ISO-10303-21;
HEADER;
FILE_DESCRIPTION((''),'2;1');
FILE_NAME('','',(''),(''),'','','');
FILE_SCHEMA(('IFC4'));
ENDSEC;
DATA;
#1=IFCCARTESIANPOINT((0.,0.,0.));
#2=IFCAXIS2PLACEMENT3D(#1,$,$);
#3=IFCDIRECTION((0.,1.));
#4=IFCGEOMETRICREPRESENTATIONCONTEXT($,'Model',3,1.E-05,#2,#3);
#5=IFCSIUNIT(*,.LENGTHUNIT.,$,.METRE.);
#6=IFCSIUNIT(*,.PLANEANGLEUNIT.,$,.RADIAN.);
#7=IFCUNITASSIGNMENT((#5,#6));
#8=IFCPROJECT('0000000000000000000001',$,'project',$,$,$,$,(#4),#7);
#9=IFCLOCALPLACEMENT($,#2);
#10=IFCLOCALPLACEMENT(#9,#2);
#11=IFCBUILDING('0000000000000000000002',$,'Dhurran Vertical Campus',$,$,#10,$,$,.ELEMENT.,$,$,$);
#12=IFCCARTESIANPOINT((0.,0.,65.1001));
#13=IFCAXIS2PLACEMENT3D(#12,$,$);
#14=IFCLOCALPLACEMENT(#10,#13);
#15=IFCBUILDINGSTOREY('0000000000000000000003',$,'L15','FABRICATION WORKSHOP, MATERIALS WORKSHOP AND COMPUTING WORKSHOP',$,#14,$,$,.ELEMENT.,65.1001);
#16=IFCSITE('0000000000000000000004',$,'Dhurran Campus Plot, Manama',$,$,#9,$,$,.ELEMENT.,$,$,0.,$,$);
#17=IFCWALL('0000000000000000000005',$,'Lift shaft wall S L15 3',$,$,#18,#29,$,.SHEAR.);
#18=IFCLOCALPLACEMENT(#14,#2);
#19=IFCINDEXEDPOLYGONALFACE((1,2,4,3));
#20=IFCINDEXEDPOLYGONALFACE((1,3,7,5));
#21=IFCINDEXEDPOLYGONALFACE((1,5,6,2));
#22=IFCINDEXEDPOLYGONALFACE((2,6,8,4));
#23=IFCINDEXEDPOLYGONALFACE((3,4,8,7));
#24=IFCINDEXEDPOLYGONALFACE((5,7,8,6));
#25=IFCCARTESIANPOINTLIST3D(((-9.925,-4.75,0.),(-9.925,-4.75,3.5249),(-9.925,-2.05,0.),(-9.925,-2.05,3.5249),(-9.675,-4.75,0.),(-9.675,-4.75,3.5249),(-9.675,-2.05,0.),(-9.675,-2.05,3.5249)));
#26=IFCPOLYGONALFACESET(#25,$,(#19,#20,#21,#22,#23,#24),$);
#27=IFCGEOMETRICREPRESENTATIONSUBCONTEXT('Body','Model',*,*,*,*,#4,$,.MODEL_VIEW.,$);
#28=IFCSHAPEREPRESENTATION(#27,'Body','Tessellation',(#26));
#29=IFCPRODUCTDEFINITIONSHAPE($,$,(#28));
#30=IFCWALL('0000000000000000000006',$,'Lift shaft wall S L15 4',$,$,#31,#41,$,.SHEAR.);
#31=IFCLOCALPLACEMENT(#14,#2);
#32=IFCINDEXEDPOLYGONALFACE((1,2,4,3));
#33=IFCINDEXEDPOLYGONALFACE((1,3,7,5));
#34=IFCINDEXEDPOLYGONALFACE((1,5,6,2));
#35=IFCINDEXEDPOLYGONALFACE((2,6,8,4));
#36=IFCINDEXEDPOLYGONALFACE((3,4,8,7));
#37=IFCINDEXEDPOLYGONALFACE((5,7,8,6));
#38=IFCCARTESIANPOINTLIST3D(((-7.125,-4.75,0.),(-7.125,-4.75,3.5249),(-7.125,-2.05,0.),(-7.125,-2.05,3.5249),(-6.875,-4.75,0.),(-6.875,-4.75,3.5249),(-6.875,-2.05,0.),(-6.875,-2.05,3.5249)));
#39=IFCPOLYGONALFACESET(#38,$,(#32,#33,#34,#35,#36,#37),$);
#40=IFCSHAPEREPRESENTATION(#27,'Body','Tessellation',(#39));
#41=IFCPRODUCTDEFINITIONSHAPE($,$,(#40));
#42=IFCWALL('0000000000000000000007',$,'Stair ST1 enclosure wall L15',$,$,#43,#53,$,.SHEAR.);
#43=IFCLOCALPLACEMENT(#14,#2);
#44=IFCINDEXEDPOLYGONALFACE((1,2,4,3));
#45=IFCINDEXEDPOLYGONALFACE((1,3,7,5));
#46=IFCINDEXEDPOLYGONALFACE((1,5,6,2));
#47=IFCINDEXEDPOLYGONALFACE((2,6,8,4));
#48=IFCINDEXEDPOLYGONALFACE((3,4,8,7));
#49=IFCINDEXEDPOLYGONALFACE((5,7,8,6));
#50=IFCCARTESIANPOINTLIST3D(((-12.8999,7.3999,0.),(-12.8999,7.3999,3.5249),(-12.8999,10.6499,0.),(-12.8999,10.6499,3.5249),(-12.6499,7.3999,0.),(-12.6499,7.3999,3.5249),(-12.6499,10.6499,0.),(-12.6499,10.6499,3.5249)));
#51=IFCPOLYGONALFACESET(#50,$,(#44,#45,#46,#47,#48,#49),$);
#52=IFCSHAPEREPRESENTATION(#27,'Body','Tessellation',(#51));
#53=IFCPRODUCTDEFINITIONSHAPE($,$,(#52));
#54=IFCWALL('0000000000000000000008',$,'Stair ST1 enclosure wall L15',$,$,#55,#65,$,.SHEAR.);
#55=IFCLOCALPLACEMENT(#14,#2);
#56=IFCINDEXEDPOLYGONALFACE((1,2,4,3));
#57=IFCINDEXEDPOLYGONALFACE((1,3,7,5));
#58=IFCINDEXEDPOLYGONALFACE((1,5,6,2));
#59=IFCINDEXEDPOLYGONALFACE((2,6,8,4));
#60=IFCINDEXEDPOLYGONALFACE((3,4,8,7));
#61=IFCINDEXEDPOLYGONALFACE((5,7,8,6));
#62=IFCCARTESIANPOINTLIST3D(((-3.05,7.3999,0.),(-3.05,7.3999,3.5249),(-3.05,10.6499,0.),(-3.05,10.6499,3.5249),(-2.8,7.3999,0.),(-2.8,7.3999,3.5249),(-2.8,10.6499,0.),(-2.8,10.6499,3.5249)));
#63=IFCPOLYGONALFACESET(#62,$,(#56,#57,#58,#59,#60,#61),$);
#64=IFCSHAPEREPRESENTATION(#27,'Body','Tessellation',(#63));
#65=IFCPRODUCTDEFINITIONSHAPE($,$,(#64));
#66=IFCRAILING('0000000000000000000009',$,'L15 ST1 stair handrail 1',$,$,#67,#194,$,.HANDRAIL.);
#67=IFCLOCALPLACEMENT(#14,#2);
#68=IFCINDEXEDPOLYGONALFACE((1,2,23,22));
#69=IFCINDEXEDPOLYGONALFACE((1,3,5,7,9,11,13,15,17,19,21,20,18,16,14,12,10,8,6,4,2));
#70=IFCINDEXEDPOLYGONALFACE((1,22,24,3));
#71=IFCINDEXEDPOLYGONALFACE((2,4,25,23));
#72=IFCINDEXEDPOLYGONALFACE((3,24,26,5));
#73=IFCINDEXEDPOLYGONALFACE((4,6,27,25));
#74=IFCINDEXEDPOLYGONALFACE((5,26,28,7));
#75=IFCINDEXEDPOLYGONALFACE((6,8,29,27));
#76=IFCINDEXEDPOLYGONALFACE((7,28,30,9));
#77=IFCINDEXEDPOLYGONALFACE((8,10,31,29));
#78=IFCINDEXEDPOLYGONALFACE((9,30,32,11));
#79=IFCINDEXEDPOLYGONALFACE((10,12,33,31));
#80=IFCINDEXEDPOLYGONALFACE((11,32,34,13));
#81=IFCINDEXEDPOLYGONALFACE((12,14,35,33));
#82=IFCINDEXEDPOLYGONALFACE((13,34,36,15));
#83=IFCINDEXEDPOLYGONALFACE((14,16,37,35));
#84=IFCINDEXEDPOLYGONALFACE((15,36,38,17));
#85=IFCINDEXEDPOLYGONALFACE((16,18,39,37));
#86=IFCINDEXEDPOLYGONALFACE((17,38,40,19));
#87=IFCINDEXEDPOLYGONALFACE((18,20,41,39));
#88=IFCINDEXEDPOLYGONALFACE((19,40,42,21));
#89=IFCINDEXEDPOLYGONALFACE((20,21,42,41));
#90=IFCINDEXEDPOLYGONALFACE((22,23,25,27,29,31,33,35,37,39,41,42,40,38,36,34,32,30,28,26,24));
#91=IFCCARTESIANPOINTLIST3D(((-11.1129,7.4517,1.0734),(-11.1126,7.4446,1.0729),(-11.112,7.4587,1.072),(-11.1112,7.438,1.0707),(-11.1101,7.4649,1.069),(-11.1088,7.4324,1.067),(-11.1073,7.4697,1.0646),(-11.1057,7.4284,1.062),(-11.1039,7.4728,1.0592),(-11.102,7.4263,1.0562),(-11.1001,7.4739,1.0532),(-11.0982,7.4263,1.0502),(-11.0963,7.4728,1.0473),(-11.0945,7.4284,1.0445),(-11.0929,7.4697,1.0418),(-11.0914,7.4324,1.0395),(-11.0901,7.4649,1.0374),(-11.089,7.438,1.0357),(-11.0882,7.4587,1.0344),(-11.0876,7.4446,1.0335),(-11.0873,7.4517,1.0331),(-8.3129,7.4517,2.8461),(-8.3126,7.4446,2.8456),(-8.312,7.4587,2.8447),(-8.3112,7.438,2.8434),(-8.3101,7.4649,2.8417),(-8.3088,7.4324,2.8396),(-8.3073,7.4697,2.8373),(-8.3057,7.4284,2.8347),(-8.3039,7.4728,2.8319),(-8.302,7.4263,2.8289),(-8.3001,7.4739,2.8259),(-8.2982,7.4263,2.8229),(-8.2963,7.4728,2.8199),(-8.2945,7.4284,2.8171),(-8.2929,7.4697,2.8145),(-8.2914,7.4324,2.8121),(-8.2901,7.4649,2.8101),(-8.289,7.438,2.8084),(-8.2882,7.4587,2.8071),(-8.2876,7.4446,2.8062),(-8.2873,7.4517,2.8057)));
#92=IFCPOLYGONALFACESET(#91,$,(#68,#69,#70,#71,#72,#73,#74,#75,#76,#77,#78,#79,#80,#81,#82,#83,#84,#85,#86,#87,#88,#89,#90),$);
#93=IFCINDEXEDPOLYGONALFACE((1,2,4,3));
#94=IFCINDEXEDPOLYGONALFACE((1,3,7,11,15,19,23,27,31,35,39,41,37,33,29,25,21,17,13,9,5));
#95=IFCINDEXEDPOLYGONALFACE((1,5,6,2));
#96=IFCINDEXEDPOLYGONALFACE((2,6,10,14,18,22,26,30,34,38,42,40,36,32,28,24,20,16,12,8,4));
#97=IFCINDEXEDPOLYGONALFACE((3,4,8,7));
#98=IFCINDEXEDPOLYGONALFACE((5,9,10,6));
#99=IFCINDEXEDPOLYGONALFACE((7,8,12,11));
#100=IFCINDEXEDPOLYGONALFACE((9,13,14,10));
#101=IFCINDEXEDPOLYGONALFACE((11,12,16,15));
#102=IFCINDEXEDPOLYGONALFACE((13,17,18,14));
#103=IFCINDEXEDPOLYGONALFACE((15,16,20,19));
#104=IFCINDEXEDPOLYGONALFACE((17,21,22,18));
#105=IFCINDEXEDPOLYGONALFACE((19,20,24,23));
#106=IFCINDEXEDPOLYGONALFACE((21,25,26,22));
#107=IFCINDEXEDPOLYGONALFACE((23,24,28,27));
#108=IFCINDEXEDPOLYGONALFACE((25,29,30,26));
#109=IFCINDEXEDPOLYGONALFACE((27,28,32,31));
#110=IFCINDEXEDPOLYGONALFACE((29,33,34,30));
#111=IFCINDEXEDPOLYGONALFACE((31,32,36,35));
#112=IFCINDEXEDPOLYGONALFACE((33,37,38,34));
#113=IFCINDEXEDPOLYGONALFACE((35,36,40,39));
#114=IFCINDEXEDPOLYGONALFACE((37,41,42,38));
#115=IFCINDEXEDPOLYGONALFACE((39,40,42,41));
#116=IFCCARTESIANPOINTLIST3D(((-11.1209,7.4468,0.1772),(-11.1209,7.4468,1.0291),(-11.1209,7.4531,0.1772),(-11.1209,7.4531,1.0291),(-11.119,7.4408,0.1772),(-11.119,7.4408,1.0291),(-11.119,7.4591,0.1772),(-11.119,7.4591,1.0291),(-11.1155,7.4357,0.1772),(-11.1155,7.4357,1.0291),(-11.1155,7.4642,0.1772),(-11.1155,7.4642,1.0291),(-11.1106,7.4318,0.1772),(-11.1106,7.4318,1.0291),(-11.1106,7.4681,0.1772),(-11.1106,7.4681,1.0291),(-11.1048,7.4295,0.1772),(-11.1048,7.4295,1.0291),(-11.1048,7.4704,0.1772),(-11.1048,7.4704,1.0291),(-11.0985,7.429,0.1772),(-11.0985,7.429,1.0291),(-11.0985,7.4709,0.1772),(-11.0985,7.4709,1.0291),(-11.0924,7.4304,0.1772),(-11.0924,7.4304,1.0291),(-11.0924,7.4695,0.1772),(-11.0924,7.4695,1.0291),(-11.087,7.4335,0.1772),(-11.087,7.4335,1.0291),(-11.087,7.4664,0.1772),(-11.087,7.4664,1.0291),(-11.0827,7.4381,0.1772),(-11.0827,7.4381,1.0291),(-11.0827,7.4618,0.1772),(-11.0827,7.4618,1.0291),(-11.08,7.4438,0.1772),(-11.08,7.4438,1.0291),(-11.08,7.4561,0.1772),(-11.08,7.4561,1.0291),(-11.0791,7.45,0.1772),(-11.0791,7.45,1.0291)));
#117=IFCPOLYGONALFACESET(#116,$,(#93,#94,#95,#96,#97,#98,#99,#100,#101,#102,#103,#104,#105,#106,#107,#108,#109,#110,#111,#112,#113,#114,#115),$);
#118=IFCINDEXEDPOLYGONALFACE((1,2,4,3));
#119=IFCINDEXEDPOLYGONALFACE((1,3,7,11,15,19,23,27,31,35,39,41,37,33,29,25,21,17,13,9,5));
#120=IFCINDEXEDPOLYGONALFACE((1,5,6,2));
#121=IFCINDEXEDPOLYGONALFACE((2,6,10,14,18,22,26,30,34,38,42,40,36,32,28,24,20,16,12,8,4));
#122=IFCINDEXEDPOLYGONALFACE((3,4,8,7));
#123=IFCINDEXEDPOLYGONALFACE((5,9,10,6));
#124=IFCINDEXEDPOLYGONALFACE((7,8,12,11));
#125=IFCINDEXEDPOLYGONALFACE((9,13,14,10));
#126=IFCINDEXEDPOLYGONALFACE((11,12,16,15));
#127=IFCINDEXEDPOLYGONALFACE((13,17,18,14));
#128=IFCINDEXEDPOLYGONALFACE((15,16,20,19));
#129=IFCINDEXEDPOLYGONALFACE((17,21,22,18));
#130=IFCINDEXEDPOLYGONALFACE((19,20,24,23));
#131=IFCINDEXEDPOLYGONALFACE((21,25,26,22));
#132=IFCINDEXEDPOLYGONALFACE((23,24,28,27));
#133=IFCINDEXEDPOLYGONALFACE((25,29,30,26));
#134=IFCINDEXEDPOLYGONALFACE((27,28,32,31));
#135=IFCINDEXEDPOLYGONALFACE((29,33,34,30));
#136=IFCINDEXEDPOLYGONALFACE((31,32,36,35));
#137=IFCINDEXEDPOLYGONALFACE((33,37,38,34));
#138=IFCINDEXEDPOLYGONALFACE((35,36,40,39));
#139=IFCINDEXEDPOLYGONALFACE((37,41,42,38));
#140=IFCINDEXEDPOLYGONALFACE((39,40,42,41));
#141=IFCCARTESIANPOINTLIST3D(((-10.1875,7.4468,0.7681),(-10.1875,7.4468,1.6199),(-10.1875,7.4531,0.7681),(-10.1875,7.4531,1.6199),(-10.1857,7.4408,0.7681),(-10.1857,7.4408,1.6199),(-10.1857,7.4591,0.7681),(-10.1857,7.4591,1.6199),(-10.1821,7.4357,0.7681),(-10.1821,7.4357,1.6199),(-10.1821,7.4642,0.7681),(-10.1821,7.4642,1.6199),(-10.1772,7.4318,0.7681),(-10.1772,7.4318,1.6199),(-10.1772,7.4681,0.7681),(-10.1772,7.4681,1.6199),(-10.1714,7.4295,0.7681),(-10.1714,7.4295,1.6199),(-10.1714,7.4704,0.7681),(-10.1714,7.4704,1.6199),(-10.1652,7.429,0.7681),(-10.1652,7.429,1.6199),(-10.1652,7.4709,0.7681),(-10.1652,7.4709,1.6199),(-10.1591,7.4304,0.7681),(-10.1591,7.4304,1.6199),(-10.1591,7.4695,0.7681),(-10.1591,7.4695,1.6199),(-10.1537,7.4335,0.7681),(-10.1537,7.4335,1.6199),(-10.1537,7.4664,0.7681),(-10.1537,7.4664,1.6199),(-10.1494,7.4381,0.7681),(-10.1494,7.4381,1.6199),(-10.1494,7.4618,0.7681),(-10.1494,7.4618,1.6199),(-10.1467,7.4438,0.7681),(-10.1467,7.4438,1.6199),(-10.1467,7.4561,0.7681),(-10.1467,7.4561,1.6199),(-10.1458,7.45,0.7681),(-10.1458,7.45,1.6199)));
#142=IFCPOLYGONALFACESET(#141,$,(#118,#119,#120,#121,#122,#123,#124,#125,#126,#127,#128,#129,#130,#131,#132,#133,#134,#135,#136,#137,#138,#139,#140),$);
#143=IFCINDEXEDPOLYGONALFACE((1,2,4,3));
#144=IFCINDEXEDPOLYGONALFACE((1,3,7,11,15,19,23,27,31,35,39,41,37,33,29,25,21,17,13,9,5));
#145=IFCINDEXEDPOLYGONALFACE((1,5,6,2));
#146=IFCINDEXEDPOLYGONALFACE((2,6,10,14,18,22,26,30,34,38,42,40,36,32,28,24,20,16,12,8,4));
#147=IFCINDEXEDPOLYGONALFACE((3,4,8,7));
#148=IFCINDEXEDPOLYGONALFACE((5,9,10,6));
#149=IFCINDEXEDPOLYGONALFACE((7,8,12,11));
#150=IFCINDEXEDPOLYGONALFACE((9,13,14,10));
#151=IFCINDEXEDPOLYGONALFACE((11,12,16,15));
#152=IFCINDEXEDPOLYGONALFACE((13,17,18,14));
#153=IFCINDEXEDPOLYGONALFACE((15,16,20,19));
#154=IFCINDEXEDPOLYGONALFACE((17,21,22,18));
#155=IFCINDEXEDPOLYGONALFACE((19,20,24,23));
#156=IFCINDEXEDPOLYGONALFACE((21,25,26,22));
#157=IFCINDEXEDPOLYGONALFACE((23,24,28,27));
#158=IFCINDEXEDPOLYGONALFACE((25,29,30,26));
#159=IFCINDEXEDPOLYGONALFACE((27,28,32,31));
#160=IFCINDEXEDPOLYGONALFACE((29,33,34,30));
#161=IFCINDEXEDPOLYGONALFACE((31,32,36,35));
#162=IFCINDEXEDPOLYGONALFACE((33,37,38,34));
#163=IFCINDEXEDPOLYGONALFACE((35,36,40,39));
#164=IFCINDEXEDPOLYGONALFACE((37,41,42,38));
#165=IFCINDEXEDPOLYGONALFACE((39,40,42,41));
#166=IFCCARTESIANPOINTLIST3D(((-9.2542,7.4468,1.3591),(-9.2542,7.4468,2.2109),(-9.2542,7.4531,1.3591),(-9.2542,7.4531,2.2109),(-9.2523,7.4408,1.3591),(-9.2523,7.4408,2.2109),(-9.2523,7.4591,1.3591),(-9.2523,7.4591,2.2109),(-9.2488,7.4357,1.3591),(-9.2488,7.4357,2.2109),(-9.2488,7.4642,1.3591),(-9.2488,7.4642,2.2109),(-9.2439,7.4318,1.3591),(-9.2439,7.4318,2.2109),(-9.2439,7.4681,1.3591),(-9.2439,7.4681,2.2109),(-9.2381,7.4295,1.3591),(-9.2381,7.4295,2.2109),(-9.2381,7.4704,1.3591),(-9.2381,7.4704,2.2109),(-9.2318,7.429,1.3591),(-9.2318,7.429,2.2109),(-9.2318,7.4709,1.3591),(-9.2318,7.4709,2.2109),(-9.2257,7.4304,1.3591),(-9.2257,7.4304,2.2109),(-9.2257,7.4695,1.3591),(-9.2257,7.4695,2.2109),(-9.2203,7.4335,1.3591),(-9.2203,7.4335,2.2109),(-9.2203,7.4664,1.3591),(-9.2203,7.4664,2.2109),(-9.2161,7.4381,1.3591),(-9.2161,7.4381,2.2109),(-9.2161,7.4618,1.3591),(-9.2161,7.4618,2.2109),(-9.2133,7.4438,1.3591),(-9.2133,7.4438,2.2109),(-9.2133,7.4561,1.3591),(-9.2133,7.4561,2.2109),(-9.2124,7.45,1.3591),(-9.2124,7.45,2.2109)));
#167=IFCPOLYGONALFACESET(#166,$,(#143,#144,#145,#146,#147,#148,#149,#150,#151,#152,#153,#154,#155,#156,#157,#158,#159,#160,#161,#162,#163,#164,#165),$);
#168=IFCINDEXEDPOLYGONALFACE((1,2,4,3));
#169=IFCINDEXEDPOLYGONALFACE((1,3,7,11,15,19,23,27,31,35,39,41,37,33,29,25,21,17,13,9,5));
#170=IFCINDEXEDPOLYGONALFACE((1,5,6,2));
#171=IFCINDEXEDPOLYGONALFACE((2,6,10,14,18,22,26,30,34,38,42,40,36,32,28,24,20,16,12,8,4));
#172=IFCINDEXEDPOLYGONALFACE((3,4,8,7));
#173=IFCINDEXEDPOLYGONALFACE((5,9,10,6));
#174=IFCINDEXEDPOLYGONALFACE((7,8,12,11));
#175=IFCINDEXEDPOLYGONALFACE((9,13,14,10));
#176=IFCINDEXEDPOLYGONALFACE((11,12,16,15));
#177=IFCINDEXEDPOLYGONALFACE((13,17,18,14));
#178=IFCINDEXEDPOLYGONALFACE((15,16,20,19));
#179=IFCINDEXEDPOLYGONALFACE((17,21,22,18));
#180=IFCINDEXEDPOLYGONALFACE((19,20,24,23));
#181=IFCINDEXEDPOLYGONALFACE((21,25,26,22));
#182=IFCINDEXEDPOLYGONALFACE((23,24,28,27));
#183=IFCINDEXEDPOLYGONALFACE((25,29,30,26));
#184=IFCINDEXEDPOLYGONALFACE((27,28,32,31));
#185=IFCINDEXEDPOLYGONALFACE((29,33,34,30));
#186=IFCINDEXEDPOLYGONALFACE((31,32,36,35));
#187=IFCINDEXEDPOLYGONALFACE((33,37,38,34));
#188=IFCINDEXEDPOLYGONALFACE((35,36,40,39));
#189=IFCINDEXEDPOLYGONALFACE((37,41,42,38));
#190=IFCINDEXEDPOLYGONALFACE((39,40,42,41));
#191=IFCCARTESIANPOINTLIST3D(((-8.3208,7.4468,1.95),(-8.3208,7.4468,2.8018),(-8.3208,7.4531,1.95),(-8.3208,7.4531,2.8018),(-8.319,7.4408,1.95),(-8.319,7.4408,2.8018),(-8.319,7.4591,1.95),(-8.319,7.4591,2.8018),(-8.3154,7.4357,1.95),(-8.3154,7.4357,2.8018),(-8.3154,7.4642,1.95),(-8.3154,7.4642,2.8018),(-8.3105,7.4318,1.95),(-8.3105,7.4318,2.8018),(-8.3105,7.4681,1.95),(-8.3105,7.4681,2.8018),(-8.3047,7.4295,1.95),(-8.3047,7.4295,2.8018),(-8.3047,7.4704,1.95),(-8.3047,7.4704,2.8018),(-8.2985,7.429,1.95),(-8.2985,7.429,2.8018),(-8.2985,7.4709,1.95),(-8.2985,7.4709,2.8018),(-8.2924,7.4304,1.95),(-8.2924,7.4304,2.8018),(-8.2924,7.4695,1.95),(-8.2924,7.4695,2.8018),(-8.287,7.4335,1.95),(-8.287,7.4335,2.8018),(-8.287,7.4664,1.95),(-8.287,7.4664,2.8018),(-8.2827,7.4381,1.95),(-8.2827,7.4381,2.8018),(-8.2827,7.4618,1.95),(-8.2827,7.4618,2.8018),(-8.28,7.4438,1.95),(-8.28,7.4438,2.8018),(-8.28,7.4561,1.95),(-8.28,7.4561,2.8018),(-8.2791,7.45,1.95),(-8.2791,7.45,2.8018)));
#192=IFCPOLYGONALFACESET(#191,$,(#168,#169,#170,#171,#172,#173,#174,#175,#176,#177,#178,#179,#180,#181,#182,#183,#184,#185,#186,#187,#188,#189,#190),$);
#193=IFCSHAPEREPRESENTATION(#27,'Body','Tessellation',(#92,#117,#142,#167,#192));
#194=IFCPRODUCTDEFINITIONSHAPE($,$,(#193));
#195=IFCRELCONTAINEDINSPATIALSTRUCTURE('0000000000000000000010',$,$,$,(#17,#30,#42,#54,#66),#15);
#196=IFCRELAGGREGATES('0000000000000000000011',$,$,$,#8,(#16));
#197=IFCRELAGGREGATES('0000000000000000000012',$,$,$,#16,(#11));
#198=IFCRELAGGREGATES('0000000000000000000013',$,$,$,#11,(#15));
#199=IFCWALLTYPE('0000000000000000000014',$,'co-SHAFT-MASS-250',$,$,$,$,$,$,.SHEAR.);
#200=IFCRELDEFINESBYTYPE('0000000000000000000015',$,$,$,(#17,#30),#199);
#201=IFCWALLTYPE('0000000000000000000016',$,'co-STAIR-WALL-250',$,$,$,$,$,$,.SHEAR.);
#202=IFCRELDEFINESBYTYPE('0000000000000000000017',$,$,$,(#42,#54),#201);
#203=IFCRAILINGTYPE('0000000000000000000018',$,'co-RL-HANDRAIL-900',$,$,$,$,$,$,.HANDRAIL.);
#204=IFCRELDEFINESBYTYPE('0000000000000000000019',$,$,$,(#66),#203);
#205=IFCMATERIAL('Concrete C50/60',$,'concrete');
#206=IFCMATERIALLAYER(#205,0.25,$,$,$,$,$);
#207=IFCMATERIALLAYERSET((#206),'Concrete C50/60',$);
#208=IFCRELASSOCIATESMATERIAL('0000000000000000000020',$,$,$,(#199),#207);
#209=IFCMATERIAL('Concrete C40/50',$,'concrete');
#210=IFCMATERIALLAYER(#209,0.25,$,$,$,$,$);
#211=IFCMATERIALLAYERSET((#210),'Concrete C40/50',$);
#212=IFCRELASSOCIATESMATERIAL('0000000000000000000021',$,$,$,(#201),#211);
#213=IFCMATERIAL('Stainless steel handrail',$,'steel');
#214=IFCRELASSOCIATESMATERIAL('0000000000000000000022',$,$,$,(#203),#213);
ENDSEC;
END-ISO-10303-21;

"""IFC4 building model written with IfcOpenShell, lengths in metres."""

from ifc_helpers import new_model, si_unit, direction, frame, frame_2d, origin, origin_2d, place, context, subcontext, project, spatial, polyline, rectangle, circle, outline, extrude, material, layer, layer_set, type_object, element, save


model = new_model("IFC4")

# Units and contexts
model_context = context("Model", 3, precision=1e-05, world=origin(), true_north=direction((0.0, 1.0)))
body_context = subcontext(model_context, "Body", "Model", "MODEL_VIEW")
ifc_project = project(units=[si_unit("LENGTHUNIT", "METRE"), si_unit("PLANEANGLEUNIT", "RADIAN")], contexts=[model_context])

# Site, building, storey
site_placement = place(None, origin())
site = spatial("IfcSite", under=ifc_project, at=site_placement, Name="Dhurran Campus Plot, Manama", CompositionType="ELEMENT", RefElevation=0.0)
building_placement = place(site_placement, origin())
building = spatial("IfcBuilding", under=site, at=building_placement, Name="Dhurran Vertical Campus", CompositionType="ELEMENT")
storey_placement = place(building_placement, frame((0.0, 0.0, 65.1001)))
storey = spatial("IfcBuildingStorey", under=building, at=storey_placement, Name="L15", Description="FABRICATION WORKSHOP, MATERIALS WORKSHOP AND COMPUTING WORKSHOP", CompositionType="ELEMENT", Elevation=65.1001)

# Walls
ifc_material_1 = material(Name="Concrete C50/60", Category="concrete")
ifc_layer_1 = layer(ifc_material_1, 0.25)
ifc_layer_set_1 = layer_set([ifc_layer_1], Name="Concrete C50/60")
wall_type_1 = type_object("IfcWallType", Name="co-SHAFT-MASS-250", PredefinedType="SHEAR", material=ifc_layer_set_1)
wall_1_placement = place(storey_placement, origin())
element("IfcWall", 1, at=wall_1_placement, inside=storey, type_object=wall_type_1, Name="Lift shaft wall S L15 3", PredefinedType="SHEAR", context=body_context, shape_type="SweptSolid", body=[
    extrude(outline(polyline([(-9.925, -4.75), (-9.675, -4.75), (-9.675, -2.05), (-9.925, -2.05), (-9.925, -4.75)])), origin(), (0.0, 0.0, 1.0), 3.5249),
])
wall_2_placement = place(storey_placement, origin())
element("IfcWall", 2, at=wall_2_placement, inside=storey, type_object=wall_type_1, Name="Lift shaft wall S L15 4", PredefinedType="SHEAR", context=body_context, shape_type="SweptSolid", body=[
    extrude(outline(polyline([(-7.125, -4.75), (-6.875, -4.75), (-6.875, -2.05), (-7.125, -2.05), (-7.125, -4.75)])), origin(), (0.0, 0.0, 1.0), 3.5249),
])
ifc_material_2 = material(Name="Concrete C40/50", Category="concrete")
ifc_layer_2 = layer(ifc_material_2, 0.25)
ifc_layer_set_2 = layer_set([ifc_layer_2], Name="Concrete C40/50")
wall_type_2 = type_object("IfcWallType", Name="co-STAIR-WALL-250", PredefinedType="SHEAR", material=ifc_layer_set_2)
for number, where, z_axis, x_axis, name in (
    (3, (-12.7749, 7.3999, 0.0), (0.0, 0.0, 1.0), (0.0, 1.0, 0.0), "Stair ST1 enclosure wall L15"),
    (4, (-2.925, 7.3999, 0.0), (0.0, 0.0, 1.0), (0.0, 1.0, 0.0), "Stair ST1 enclosure wall L15"),
):
    element("IfcWall", number, at=place(storey_placement, frame(where, z_axis=z_axis, x_axis=x_axis)), inside=storey, type_object=wall_type_2, Name=name, PredefinedType="SHEAR", context=body_context, shape_type="SweptSolid", body=[
        extrude(rectangle(XDim=3.25, YDim=0.25, at=frame_2d((1.625, 0.0))), origin(), (0.0, 0.0, 1.0), 3.5249),
    ])

# Railing
ifc_material_3 = material(Name="Stainless steel handrail", Category="steel")
railing_type = type_object("IfcRailingType", Name="co-RL-HANDRAIL-900", PredefinedType="HANDRAIL", material=ifc_material_3)
railing_placement = place(storey_placement, frame((-11.1001, 7.45, 0.1772)))
element("IfcRailing", 5, at=railing_placement, inside=storey, type_object=railing_type, Name="L15 ST1 stair handrail 1", PredefinedType="HANDRAIL", context=body_context, shape_type="SweptSolid", body=[
    extrude(circle(Radius=0.0239, at=origin_2d()), frame((0.0, 0.0, 0.876), z_axis=(0.844909, 0.0, 0.53491), x_axis=(0.0, 1.0, 0.0)), (0.0, 0.0, 1.0), 3.314),
    extrude(circle(Radius=0.021, at=origin_2d()), origin(), (0.0, 0.0, 1.0), 0.8518),
    extrude(circle(Radius=0.021, at=origin_2d()), frame((0.9333, 0.0, 0.5908)), (0.0, 0.0, 1.0), 0.8518),
    extrude(circle(Radius=0.021, at=origin_2d()), frame((1.8667, 0.0, 1.1819)), (0.0, 0.0, 1.0), 0.8518),
    extrude(circle(Radius=0.021, at=origin_2d()), frame((2.8, 0.0, 1.7727)), (0.0, 0.0, 1.0), 0.8518),
])

save(model, "model.ifc")
